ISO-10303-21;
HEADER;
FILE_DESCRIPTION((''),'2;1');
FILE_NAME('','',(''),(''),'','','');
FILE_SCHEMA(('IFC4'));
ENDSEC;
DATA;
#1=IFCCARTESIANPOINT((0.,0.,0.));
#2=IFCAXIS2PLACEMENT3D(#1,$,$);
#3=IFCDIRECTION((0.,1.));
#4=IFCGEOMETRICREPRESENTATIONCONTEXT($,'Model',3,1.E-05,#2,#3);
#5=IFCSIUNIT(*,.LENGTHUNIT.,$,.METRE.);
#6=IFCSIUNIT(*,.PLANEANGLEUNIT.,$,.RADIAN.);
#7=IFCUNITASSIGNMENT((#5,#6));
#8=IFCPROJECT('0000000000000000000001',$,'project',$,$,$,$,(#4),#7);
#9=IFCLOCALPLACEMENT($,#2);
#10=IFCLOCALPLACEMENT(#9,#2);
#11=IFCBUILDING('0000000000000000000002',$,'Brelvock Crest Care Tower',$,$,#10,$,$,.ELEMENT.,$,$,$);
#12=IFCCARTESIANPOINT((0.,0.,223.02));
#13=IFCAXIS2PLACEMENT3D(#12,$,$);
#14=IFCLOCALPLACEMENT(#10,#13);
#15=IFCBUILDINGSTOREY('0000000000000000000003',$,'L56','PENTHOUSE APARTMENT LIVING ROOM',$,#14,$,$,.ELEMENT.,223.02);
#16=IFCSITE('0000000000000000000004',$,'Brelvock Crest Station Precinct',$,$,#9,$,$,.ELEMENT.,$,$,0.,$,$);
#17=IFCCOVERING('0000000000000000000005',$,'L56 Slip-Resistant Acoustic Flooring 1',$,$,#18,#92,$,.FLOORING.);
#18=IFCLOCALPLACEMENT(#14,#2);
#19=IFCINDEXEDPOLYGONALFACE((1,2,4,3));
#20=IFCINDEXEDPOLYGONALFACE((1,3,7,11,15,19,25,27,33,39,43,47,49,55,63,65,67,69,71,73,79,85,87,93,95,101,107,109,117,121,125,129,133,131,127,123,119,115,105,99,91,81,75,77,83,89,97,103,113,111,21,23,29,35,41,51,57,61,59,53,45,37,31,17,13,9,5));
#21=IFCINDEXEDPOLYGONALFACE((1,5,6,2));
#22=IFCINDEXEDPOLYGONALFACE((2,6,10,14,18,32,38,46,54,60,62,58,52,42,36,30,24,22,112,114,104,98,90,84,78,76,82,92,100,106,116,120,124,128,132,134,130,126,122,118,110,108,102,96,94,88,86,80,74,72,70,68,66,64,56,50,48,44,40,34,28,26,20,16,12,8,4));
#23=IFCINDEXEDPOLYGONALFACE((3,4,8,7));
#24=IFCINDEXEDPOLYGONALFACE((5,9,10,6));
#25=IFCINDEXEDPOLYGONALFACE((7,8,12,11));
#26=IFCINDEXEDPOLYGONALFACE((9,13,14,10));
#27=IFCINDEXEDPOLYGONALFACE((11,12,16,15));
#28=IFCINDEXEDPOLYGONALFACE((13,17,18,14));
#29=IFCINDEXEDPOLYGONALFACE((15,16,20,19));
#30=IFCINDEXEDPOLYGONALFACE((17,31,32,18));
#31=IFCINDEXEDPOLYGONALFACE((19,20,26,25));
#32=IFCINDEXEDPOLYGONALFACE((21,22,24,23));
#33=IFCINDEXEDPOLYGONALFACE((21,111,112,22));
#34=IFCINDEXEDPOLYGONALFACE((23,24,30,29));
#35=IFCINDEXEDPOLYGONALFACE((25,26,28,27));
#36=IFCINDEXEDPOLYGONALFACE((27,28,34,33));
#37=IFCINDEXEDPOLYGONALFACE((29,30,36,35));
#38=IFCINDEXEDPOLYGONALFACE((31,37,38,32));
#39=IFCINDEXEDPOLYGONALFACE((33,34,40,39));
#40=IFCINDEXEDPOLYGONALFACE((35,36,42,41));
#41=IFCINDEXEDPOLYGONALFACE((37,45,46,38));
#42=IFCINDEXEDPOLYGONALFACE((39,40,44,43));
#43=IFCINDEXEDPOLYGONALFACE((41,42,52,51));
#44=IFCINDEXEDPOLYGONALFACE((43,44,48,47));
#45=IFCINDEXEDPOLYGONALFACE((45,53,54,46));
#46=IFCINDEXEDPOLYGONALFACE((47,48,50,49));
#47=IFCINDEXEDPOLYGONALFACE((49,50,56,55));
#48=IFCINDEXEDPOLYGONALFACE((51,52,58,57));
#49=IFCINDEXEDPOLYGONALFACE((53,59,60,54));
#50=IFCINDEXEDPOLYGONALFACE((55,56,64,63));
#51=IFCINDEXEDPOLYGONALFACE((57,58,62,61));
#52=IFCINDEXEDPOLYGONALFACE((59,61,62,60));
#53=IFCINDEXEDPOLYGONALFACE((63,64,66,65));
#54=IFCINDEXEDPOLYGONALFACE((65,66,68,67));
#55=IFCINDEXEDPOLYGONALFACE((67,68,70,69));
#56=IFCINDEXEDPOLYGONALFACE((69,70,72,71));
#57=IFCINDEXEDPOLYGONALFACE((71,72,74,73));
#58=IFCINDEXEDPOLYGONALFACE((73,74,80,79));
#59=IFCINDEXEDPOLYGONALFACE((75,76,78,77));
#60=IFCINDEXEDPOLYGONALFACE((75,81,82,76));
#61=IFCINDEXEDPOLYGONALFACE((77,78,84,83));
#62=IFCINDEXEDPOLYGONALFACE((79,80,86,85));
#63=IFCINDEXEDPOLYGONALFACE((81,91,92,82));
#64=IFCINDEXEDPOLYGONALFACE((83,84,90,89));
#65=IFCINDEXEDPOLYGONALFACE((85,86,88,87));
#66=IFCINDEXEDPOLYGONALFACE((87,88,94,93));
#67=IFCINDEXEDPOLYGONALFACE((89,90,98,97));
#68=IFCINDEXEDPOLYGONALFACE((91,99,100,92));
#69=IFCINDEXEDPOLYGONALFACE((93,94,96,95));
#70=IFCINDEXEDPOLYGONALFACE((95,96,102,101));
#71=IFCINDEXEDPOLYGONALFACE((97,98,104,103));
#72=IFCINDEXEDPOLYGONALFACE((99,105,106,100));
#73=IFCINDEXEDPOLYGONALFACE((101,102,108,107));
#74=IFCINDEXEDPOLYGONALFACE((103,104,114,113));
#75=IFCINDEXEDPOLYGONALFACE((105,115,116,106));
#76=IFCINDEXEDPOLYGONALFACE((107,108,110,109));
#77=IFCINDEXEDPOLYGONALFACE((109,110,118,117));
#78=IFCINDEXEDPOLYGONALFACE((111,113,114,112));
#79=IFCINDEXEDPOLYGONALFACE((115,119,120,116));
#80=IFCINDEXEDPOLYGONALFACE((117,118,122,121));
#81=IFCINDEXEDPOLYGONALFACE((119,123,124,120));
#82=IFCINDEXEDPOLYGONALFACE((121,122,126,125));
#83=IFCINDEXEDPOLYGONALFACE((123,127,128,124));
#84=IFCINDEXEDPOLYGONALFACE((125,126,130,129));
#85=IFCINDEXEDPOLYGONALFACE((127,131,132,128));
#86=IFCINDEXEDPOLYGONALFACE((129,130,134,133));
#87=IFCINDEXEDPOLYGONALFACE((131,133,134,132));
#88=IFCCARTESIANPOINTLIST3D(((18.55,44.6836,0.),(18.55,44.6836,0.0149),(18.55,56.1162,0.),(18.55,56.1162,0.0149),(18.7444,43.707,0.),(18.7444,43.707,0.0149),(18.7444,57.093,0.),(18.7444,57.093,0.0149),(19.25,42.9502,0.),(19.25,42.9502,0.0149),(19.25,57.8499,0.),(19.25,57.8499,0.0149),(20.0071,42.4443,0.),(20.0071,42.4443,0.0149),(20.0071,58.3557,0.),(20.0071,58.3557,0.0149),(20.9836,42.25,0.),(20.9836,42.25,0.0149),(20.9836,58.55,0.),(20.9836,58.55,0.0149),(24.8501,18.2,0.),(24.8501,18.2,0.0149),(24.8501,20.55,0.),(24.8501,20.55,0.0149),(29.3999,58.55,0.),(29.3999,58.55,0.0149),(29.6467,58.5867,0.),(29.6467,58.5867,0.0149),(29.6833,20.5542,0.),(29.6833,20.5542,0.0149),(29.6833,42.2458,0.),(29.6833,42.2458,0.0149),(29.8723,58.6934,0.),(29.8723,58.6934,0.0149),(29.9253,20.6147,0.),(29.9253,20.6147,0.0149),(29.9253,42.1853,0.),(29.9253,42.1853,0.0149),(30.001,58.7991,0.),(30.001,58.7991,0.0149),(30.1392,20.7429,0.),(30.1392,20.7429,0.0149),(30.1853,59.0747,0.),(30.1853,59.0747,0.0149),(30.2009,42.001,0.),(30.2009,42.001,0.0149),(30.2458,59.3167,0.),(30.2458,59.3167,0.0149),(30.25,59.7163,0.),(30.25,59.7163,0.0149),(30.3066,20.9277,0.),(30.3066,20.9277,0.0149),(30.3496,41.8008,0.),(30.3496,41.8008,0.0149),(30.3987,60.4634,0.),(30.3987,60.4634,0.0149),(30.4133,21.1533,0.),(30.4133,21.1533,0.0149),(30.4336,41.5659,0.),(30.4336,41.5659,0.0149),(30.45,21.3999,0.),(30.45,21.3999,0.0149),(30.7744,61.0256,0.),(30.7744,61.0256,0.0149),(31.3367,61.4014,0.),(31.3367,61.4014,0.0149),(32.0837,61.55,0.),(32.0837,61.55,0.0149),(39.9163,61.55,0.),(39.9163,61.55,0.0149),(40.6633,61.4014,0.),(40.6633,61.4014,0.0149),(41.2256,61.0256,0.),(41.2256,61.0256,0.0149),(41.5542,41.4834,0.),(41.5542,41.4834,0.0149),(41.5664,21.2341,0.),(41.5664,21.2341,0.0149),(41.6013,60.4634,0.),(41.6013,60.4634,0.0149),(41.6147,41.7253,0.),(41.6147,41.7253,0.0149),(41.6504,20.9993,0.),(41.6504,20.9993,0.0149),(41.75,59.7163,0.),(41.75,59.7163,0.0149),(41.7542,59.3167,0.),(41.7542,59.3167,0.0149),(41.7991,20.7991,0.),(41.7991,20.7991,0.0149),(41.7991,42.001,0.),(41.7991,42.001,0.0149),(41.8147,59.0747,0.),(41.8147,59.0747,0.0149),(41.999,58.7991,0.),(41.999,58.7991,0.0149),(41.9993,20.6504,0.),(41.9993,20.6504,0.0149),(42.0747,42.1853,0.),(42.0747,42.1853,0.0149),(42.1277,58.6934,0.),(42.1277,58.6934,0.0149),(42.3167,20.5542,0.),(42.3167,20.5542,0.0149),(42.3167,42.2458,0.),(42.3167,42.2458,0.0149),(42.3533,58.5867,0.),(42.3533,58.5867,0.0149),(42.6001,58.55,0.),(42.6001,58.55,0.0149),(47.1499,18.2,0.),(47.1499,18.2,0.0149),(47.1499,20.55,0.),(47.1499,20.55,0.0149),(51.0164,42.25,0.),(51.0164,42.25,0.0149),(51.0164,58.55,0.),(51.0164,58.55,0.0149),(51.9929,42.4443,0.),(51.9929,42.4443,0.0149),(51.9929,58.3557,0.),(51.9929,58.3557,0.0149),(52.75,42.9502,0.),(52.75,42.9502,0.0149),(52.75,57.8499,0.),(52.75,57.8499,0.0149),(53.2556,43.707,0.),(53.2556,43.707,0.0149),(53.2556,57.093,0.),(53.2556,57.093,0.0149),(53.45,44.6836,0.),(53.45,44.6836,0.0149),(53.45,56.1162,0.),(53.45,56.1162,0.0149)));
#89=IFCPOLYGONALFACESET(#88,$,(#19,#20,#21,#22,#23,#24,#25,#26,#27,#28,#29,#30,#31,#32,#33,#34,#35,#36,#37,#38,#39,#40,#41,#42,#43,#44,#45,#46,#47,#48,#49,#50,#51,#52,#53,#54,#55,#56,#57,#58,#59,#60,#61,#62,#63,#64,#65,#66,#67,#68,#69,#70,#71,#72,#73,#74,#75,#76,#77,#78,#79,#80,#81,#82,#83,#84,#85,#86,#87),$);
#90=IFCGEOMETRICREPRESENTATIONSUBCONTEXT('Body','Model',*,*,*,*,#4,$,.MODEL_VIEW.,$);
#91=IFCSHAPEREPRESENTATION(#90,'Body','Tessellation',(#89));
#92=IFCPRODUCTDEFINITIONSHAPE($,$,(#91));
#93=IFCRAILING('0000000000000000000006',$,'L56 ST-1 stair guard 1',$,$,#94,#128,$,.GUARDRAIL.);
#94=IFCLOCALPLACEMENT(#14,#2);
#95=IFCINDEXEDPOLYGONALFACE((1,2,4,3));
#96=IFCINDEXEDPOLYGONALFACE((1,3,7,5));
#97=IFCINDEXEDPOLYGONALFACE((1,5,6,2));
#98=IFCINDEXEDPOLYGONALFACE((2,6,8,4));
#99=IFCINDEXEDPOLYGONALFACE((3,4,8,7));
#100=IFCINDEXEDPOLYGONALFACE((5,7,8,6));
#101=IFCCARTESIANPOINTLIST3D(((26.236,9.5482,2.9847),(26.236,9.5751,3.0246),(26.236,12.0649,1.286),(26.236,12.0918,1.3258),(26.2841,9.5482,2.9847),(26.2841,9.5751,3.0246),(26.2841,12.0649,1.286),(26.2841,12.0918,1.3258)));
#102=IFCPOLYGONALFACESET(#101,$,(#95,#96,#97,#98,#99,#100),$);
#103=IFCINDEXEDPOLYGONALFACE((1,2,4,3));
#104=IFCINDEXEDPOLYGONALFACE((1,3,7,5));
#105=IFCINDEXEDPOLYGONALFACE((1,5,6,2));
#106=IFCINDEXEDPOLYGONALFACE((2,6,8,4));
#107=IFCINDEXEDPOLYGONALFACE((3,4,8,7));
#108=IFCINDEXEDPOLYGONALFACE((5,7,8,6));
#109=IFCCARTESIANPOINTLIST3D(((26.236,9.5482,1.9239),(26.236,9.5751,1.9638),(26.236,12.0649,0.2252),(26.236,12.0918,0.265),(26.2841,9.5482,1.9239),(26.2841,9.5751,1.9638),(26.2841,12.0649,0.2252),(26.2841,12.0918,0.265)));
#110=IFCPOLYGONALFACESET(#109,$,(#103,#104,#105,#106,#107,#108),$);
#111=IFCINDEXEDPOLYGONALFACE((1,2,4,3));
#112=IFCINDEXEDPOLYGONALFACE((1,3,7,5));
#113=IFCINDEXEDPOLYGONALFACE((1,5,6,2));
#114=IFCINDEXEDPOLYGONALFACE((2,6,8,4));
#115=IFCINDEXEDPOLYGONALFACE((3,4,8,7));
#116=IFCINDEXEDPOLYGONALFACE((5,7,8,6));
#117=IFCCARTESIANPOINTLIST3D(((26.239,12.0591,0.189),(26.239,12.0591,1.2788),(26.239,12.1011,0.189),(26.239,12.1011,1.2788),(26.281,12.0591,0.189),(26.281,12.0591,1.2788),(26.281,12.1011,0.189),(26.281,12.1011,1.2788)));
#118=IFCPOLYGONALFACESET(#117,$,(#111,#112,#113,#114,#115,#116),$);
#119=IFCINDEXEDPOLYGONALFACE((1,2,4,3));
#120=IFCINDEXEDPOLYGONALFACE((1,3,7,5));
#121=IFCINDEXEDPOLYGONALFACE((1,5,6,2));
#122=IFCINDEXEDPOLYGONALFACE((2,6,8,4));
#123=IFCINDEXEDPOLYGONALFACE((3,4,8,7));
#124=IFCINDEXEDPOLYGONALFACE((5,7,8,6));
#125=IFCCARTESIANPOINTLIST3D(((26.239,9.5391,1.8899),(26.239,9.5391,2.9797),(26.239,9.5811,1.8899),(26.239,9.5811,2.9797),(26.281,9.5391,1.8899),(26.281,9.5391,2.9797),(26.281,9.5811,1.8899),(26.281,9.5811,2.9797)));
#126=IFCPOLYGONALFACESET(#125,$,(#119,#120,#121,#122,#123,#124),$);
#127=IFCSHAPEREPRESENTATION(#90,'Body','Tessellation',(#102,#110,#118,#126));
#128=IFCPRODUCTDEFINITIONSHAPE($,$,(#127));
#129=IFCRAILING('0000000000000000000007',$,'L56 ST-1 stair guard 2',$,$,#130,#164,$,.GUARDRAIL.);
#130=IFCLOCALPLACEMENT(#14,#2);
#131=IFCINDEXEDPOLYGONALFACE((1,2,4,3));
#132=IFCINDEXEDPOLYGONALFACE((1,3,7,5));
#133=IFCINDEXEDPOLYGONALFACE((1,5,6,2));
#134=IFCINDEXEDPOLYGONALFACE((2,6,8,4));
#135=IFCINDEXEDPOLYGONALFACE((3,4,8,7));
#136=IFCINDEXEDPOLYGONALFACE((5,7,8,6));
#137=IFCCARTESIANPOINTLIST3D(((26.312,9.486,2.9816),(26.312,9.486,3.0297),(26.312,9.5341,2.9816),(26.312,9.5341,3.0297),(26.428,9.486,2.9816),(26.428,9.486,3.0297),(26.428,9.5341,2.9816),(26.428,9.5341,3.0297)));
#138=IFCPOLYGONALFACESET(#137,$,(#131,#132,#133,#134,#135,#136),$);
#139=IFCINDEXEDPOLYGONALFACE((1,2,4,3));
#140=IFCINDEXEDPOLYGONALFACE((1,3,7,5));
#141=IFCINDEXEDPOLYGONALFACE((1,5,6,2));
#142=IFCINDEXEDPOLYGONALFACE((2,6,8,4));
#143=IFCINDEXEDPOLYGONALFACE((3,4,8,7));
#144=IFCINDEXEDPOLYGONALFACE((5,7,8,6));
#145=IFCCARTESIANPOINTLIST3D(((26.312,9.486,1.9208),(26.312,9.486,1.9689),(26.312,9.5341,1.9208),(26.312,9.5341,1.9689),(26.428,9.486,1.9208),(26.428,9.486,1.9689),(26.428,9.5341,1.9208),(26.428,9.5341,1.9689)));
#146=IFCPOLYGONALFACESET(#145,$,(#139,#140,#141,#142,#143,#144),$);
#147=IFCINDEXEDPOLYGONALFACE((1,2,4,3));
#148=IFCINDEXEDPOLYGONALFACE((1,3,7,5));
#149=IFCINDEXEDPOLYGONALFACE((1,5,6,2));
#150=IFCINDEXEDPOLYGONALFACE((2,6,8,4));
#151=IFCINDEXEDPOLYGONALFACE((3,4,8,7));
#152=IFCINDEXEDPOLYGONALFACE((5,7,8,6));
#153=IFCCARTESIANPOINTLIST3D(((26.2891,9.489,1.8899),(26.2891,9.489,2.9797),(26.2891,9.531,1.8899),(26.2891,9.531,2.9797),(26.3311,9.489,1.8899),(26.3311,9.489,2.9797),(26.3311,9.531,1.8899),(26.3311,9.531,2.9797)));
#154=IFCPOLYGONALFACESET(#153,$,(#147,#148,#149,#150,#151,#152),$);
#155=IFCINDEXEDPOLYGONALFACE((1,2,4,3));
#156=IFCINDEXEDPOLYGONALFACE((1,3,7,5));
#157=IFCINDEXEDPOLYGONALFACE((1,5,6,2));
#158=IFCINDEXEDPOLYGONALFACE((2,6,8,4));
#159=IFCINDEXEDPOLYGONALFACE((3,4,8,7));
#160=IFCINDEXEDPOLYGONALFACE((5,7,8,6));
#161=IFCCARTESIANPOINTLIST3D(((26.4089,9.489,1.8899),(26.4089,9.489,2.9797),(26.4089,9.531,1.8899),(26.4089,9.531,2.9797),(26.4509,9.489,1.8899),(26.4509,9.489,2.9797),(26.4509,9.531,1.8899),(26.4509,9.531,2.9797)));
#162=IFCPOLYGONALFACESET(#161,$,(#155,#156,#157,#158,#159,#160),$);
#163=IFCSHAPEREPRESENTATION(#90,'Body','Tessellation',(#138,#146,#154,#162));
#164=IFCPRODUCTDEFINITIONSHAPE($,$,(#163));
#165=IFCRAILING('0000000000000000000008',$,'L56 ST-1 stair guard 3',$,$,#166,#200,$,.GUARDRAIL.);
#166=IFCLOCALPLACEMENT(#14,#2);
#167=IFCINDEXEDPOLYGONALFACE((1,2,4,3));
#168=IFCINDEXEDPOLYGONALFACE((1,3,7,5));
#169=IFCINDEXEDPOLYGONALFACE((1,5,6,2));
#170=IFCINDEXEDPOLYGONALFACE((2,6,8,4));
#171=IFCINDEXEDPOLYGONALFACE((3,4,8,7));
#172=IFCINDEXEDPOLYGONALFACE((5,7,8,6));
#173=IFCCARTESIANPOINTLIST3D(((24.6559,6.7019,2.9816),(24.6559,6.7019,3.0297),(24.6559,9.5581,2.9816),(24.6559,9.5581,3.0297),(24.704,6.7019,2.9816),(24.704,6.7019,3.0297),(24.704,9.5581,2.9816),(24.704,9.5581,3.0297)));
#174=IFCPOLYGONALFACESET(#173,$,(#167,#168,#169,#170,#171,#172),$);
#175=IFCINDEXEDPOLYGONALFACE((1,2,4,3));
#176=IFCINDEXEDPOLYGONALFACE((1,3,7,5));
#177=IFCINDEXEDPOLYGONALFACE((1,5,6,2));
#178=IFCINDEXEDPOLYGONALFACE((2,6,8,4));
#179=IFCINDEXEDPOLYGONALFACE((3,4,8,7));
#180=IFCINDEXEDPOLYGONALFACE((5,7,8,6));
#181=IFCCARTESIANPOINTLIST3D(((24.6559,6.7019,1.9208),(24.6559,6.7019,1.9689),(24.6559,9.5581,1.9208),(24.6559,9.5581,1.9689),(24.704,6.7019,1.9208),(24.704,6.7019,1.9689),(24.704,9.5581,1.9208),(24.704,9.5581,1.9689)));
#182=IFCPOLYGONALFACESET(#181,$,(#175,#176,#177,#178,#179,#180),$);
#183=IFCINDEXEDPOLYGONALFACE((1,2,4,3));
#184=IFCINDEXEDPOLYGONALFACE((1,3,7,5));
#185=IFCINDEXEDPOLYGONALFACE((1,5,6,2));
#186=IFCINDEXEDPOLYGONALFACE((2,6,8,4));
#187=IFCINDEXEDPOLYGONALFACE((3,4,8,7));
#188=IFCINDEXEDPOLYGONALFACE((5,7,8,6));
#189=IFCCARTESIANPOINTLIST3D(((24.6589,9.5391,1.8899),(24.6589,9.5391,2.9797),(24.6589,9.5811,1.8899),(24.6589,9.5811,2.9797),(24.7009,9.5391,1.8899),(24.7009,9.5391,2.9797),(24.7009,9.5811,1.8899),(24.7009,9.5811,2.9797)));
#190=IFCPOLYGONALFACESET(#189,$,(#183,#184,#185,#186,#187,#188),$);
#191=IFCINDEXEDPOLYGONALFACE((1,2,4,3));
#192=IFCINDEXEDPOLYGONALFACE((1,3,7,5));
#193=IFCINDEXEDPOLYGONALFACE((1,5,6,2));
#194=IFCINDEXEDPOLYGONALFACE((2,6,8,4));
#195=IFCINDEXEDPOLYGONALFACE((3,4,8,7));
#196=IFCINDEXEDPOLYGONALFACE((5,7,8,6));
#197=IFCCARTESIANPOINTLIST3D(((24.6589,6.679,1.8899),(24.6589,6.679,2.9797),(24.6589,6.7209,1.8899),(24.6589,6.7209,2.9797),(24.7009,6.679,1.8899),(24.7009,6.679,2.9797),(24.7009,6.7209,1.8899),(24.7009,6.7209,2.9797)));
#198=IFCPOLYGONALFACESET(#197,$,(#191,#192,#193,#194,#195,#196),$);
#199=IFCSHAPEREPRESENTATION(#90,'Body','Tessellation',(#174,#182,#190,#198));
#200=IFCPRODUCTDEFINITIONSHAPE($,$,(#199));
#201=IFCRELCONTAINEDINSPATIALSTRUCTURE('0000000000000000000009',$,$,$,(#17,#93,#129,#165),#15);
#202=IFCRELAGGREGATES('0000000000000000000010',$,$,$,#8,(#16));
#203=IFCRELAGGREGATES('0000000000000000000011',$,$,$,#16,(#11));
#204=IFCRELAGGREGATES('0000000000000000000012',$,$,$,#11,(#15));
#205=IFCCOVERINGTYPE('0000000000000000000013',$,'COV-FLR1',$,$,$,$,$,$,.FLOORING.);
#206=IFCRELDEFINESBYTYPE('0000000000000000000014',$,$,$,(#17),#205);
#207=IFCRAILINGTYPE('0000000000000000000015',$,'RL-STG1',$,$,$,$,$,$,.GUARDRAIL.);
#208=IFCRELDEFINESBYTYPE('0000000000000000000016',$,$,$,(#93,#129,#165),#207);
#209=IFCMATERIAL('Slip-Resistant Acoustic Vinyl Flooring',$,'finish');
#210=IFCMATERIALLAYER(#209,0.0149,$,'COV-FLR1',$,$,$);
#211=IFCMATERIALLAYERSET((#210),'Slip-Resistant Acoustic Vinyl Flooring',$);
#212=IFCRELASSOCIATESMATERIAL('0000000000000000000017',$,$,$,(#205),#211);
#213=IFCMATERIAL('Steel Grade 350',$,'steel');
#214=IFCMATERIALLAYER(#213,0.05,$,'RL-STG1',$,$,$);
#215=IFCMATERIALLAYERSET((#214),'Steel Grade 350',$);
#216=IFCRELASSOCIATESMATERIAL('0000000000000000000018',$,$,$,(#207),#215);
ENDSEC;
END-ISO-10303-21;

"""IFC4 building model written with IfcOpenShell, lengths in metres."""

from ifc_helpers import new_model, si_unit, direction, frame, origin, origin_2d, place, context, subcontext, project, spatial, polyline, rectangle, outline, extrude, material, layer, layer_set, type_object, element, save


model = new_model("IFC4")

# Units and contexts
model_context = context("Model", 3, precision=1e-05, world=origin(), true_north=direction((0.0, 1.0)))
body_context = subcontext(model_context, "Body", "Model", "MODEL_VIEW")
ifc_project = project(units=[si_unit("LENGTHUNIT", "METRE"), si_unit("PLANEANGLEUNIT", "RADIAN")], contexts=[model_context])

# Site, building, storey
site_placement = place(None, origin())
site = spatial("IfcSite", under=ifc_project, at=site_placement, Name="Brelvock Crest Station Precinct", CompositionType="ELEMENT", RefElevation=0.0)
building_placement = place(site_placement, origin())
building = spatial("IfcBuilding", under=site, at=building_placement, Name="Brelvock Crest Care Tower", CompositionType="ELEMENT")
storey_placement = place(building_placement, frame((0.0, 0.0, 223.02)))
storey = spatial("IfcBuildingStorey", under=building, at=storey_placement, Name="L56", Description="PENTHOUSE APARTMENT LIVING ROOM", CompositionType="ELEMENT", Elevation=223.02)

# Shared definitions
ifc_material_1 = material(Name="Steel Grade 350", Category="steel")

# Covering
ifc_material_2 = material(Name="Slip-Resistant Acoustic Vinyl Flooring", Category="finish")
ifc_layer_1 = layer(ifc_material_2, 0.0149, Name="COV-FLR1")
ifc_layer_set_1 = layer_set([ifc_layer_1], Name="Slip-Resistant Acoustic Vinyl Flooring")
covering_type_1 = type_object("IfcCoveringType", Name="COV-FLR1", PredefinedType="FLOORING", material=ifc_layer_set_1)
covering_1_placement = place(storey_placement, origin())
element("IfcCovering", 1, at=covering_1_placement, inside=storey, type_object=covering_type_1, Name="L56 Slip-Resistant Acoustic Flooring 1", PredefinedType="FLOORING", context=body_context, shape_type="SweptSolid", body=[
    extrude(outline(polyline([(24.8501, 18.2), (47.1499, 18.2), (47.1499, 20.55), (42.3167, 20.5542), (41.9993, 20.6504), (41.7991, 20.7991), (41.6504, 20.9993), (41.5664, 21.2341), (41.5542, 41.4834), (41.6147, 41.7253), (41.7991, 42.001), (42.0747, 42.1853), (42.3167, 42.2458), (51.0164, 42.25), (51.9929, 42.4443), (52.75, 42.9502), (53.2556, 43.707), (53.45, 44.6836), (53.45, 56.1162), (53.2556, 57.093), (52.75, 57.8499), (51.9929, 58.3557), (51.0164, 58.55), (42.6001, 58.55), (42.3533, 58.5867), (42.1277, 58.6934), (41.999, 58.7991), (41.8147, 59.0747), (41.7542, 59.3167), (41.75, 59.7163), (41.6013, 60.4634), (41.2256, 61.0256), (40.6633, 61.4014), (39.9163, 61.55), (32.0837, 61.55), (31.3367, 61.4014), (30.7744, 61.0256), (30.3987, 60.4634), (30.25, 59.7163), (30.2458, 59.3167), (30.1853, 59.0747), (30.001, 58.7991), (29.8723, 58.6934), (29.6467, 58.5867), (29.3999, 58.55), (20.9836, 58.55), (20.0071, 58.3557), (19.25, 57.8499), (18.7444, 57.093), (18.55, 56.1162), (18.55, 44.6836), (18.7444, 43.707), (19.25, 42.9502), (20.0071, 42.4443), (20.9836, 42.25), (29.6833, 42.2458), (29.9253, 42.1853), (30.2009, 42.001), (30.3496, 41.8008), (30.4336, 41.5659), (30.45, 21.3999), (30.4133, 21.1533), (30.3066, 20.9277), (30.1392, 20.7429), (29.9253, 20.6147), (29.6833, 20.5542), (24.8501, 20.55), (24.8501, 18.2)])), origin(), (0.0, 0.0, 1.0), 0.0149),
])

# Railings
ifc_layer_2 = layer(ifc_material_1, 0.05, Name="RL-STG1")
ifc_layer_set_2 = layer_set([ifc_layer_2], Name="Steel Grade 350")
railing_type_1 = type_object("IfcRailingType", Name="RL-STG1", PredefinedType="GUARDRAIL", material=ifc_layer_set_2)
railing_1_placement = place(storey_placement, frame((26.26, 12.0801, 0.189)))
element("IfcRailing", 2, at=railing_1_placement, inside=storey, type_object=railing_type_1, Name="L56 ST-1 stair guard 1", PredefinedType="GUARDRAIL", context=body_context, shape_type="SweptSolid", body=[
    extrude(rectangle(XDim=0.0481, YDim=0.0481, at=origin_2d()), frame((0.0, -0.0017, 1.1169), z_axis=(0.0, -0.828862, 0.559454), x_axis=(1.0, 0.0, 0.0)), (0.0, 0.0, 1.0), 3.0364),
    extrude(rectangle(XDim=0.0481, YDim=0.0481, at=origin_2d()), frame((0.0, -0.0017, 0.0562), z_axis=(0.0, -0.828862, 0.559454), x_axis=(1.0, 0.0, 0.0)), (0.0, 0.0, 1.0), 3.0364),
    extrude(rectangle(XDim=0.042, YDim=0.042, at=origin_2d()), origin(), (0.0, 0.0, 1.0), 1.0898),
    extrude(rectangle(XDim=0.042, YDim=0.042, at=origin_2d()), frame((0.0, -2.52, 1.7009)), (0.0, 0.0, 1.0), 1.0898),
])
railing_2_placement = place(storey_placement, frame((26.3101, 9.51, 1.8899)))
element("IfcRailing", 3, at=railing_2_placement, inside=storey, type_object=railing_type_1, Name="L56 ST-1 stair guard 2", PredefinedType="GUARDRAIL", context=body_context, shape_type="SweptSolid", body=[
    extrude(rectangle(XDim=0.0481, YDim=0.0481, at=origin_2d()), frame((0.002, 0.0, 1.1157), z_axis=(1.0, 0.0, 0.0), x_axis=(0.0, 1.0, 0.0)), (0.0, 0.0, 1.0), 0.116),
    extrude(rectangle(XDim=0.0481, YDim=0.0481, at=origin_2d()), frame((0.002, 0.0, 0.0549), z_axis=(1.0, 0.0, 0.0), x_axis=(0.0, 1.0, 0.0)), (0.0, 0.0, 1.0), 0.116),
    extrude(rectangle(XDim=0.042, YDim=0.042, at=origin_2d()), origin(), (0.0, 0.0, 1.0), 1.0898),
    extrude(rectangle(XDim=0.042, YDim=0.042, at=origin_2d()), frame((0.1199, 0.0, 0.0)), (0.0, 0.0, 1.0), 1.0898),
])
railing_3_placement = place(storey_placement, frame((24.6799, 9.5601, 1.8899)))
element("IfcRailing", 4, at=railing_3_placement, inside=storey, type_object=railing_type_1, Name="L56 ST-1 stair guard 3", PredefinedType="GUARDRAIL", context=body_context, shape_type="SweptSolid", body=[
    extrude(rectangle(XDim=0.0481, YDim=0.0481, at=origin_2d()), frame((0.0, -0.002, 1.1157), z_axis=(0.0, -1.0, 0.0), x_axis=(1.0, 0.0, 0.0)), (0.0, 0.0, 1.0), 2.8562),
    extrude(rectangle(XDim=0.0481, YDim=0.0481, at=origin_2d()), frame((0.0, -0.002, 0.0549), z_axis=(0.0, -1.0, 0.0), x_axis=(1.0, 0.0, 0.0)), (0.0, 0.0, 1.0), 2.8562),
    extrude(rectangle(XDim=0.042, YDim=0.042, at=origin_2d()), origin(), (0.0, 0.0, 1.0), 1.0898),
    extrude(rectangle(XDim=0.042, YDim=0.042, at=origin_2d()), frame((0.0, -2.8601, 0.0)), (0.0, 0.0, 1.0), 1.0898),
])

save(model, "model.ifc")
